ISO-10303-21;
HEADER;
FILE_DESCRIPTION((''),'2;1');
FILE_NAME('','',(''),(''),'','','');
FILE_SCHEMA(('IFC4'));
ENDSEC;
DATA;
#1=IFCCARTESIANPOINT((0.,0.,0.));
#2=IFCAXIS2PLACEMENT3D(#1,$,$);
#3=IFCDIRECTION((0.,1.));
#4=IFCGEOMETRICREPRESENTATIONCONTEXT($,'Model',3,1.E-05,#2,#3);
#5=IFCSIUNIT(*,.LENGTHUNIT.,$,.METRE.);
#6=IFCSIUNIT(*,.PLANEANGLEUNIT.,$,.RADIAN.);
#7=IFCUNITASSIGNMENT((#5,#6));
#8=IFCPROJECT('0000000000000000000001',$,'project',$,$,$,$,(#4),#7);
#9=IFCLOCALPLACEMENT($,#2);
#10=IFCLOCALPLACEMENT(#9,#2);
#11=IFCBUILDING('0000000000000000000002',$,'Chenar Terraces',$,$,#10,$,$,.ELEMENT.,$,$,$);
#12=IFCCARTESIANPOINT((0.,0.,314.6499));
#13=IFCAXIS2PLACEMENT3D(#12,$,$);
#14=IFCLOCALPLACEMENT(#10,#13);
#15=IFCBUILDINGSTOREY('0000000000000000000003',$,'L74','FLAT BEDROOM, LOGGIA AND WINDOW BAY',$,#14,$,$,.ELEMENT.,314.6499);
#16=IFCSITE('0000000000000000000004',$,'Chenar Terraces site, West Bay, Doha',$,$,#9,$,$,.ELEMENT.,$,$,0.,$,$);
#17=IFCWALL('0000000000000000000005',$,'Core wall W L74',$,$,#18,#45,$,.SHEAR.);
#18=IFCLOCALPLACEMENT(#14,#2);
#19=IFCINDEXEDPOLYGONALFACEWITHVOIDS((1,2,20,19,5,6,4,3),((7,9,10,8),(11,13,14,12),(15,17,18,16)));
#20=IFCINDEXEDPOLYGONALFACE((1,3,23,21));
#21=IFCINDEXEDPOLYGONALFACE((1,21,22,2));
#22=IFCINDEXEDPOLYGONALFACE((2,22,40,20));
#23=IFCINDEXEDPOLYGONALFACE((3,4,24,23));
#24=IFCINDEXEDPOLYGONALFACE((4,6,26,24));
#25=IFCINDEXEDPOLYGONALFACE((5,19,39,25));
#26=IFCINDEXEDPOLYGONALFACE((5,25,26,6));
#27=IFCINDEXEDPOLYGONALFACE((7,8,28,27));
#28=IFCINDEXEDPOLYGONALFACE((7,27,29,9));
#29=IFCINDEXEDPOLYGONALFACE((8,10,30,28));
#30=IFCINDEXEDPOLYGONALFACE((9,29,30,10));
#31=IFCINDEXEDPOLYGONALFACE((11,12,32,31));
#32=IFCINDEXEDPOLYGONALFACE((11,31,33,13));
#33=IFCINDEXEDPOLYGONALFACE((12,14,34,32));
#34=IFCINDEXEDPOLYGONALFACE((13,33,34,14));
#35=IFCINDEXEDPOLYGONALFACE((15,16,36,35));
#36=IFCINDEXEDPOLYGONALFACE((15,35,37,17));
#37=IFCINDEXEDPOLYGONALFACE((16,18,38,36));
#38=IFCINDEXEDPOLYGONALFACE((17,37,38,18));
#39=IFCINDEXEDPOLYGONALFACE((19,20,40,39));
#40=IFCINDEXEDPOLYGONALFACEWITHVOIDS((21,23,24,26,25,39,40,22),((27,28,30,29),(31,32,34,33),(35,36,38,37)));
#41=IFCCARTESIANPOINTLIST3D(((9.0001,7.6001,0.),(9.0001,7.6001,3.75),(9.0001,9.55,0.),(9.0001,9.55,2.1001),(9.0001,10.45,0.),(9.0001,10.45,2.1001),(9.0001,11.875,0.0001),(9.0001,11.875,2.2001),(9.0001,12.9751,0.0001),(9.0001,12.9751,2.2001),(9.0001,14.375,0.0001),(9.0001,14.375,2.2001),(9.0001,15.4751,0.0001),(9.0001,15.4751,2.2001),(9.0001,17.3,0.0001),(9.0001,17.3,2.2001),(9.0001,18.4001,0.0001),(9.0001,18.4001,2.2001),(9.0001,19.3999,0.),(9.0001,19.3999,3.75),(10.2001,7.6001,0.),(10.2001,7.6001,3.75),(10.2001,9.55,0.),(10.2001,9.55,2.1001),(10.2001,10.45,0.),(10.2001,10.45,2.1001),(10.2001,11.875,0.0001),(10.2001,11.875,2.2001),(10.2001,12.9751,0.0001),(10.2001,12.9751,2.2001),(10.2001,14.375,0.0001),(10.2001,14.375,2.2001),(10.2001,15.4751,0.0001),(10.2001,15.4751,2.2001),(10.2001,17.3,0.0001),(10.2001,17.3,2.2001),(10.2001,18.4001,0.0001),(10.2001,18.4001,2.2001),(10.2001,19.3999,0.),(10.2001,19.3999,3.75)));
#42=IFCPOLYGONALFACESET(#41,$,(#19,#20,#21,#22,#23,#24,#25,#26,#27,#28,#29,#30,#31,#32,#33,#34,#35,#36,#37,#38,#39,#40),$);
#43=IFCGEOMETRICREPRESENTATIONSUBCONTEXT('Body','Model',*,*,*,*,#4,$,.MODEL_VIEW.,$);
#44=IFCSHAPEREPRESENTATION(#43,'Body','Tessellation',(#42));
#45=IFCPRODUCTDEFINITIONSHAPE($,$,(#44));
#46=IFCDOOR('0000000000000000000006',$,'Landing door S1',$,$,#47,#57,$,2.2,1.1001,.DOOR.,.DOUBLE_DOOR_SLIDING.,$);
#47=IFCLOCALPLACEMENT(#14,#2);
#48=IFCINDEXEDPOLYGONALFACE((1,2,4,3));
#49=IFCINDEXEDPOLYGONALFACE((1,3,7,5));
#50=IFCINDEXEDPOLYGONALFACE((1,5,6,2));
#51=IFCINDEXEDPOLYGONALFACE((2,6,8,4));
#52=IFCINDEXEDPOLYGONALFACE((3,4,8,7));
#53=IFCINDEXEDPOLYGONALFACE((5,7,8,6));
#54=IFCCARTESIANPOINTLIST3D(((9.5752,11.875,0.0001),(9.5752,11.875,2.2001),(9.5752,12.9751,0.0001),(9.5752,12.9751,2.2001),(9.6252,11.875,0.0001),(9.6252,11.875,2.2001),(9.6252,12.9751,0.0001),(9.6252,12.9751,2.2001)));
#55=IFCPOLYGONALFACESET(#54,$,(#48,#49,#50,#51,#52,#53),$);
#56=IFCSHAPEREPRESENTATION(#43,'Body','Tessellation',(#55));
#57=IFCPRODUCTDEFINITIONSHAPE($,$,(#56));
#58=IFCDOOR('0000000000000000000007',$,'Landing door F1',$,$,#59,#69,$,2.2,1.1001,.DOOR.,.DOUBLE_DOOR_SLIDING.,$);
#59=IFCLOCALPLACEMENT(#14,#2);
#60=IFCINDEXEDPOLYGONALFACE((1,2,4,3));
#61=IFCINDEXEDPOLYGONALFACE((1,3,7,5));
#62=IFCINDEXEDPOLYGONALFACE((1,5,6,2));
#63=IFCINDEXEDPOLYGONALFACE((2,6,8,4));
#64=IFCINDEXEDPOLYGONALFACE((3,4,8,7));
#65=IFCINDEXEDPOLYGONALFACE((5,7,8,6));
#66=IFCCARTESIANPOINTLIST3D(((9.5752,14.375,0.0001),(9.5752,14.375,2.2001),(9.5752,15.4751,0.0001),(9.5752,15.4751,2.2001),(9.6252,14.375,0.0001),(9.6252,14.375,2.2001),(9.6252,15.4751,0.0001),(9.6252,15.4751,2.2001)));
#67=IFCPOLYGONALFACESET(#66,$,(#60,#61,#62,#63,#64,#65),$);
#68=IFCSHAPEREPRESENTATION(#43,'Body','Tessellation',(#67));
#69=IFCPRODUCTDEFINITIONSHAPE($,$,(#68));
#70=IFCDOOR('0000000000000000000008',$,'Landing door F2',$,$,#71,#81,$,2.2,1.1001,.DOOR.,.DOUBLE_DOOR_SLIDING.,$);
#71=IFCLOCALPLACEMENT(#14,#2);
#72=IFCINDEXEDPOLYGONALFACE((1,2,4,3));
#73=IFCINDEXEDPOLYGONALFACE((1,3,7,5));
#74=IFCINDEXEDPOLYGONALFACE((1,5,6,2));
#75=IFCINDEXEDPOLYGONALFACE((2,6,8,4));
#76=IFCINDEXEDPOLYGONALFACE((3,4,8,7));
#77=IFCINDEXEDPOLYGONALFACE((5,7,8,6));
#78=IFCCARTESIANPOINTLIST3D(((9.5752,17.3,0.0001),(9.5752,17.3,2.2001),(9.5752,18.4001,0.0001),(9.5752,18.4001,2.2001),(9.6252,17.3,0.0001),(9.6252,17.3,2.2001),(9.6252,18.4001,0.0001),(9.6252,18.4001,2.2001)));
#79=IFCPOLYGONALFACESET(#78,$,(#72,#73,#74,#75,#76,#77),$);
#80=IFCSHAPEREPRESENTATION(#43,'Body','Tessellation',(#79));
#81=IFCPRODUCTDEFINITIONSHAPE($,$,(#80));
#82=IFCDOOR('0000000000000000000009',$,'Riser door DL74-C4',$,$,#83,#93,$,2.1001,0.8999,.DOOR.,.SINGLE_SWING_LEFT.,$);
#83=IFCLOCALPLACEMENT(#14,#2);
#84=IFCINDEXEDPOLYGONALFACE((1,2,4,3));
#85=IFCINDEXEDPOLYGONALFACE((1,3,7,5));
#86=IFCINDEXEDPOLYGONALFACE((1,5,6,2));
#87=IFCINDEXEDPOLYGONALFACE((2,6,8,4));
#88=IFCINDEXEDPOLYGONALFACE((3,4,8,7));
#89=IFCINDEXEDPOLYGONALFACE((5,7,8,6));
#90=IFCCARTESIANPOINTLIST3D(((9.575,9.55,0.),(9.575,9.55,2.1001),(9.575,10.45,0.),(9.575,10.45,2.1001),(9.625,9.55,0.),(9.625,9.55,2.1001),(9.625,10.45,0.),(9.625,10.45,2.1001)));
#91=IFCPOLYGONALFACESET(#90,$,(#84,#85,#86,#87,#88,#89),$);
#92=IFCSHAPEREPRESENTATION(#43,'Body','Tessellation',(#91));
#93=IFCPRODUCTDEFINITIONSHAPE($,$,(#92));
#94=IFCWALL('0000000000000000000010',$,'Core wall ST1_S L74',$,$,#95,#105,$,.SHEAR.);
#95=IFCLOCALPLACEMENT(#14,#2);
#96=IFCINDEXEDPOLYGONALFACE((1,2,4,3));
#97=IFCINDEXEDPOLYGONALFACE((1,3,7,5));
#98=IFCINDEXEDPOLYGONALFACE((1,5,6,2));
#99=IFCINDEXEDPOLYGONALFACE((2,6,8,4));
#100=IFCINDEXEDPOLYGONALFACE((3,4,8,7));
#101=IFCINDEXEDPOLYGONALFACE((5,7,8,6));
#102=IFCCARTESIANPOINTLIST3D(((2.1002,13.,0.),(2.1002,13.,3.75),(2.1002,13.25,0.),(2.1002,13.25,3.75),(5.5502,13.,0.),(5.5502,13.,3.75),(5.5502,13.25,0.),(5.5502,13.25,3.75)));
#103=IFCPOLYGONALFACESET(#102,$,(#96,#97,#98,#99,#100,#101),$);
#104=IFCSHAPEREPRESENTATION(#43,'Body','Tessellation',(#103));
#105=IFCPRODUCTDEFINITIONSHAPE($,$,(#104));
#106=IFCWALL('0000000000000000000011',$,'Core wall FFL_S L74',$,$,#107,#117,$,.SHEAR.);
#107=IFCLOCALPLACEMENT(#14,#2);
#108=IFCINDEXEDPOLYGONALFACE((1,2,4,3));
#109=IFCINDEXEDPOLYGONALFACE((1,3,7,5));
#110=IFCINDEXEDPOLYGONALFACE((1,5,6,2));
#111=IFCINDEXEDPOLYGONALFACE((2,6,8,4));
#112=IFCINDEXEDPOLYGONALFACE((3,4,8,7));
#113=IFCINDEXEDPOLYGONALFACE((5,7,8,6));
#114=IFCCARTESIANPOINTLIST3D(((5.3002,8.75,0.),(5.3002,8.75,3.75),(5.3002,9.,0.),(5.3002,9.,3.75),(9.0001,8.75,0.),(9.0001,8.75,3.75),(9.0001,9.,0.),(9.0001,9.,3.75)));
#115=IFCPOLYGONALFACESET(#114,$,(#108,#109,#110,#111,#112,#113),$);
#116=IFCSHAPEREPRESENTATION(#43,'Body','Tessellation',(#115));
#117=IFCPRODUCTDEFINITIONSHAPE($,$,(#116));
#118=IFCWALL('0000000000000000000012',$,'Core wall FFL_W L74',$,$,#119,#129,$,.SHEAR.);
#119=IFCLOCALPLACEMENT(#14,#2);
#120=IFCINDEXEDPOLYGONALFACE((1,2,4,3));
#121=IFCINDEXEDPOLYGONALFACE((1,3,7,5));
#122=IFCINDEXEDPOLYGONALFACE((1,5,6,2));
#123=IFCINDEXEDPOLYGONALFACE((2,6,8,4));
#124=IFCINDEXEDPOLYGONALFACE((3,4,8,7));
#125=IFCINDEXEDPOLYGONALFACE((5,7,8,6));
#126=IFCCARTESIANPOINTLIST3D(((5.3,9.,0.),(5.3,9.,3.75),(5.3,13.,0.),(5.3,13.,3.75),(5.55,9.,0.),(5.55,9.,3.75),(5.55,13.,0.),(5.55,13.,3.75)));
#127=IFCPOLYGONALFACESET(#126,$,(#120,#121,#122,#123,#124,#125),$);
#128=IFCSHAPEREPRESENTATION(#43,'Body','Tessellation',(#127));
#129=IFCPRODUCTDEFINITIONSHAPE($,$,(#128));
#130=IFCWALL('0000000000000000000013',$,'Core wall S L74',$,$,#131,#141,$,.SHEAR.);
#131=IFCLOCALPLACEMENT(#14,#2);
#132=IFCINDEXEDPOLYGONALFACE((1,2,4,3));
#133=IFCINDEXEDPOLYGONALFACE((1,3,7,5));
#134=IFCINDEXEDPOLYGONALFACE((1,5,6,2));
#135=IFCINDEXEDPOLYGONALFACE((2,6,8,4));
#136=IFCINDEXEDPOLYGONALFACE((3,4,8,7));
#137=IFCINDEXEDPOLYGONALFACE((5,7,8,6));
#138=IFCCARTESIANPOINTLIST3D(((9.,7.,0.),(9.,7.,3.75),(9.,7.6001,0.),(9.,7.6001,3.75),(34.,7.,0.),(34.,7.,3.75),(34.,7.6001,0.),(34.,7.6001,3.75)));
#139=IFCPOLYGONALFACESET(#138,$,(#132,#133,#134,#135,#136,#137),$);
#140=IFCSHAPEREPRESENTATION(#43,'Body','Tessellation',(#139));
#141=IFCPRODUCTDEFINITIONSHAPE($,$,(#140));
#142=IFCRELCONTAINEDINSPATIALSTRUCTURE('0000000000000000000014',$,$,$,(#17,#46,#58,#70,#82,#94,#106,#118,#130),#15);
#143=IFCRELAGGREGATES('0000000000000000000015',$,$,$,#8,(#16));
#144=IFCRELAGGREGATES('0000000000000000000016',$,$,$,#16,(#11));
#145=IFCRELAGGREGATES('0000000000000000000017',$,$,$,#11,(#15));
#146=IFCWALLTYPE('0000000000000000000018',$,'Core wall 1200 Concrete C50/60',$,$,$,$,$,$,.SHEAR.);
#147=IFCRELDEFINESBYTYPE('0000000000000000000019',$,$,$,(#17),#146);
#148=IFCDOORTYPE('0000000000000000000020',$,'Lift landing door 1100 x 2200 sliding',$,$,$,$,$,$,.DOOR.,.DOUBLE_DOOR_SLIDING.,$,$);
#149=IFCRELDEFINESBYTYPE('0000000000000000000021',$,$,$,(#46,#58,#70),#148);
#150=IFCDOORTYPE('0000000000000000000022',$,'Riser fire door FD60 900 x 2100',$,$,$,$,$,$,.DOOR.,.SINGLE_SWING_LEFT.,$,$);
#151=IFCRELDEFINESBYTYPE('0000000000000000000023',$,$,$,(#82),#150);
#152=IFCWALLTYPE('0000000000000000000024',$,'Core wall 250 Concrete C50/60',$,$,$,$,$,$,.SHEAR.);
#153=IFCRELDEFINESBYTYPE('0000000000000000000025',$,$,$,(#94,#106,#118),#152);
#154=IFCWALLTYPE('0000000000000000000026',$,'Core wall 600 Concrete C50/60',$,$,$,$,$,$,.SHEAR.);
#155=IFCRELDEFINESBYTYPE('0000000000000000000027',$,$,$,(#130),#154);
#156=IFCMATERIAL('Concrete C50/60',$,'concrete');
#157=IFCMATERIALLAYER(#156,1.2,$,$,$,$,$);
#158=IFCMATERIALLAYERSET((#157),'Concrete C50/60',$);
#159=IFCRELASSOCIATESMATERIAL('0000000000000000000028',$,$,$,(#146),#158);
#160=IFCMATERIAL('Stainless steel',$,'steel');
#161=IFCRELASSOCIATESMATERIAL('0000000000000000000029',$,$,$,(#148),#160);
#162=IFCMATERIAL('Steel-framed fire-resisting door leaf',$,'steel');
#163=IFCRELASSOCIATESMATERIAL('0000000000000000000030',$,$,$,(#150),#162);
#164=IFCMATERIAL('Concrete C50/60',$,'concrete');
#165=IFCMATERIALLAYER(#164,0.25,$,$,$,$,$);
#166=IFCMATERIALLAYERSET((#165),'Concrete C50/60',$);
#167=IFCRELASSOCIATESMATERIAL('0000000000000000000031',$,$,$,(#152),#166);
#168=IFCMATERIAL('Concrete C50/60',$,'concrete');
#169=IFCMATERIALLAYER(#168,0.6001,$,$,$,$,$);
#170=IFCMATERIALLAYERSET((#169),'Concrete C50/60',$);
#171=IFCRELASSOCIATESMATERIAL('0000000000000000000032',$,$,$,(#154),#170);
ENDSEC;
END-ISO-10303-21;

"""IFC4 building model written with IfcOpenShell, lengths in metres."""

from ifc_helpers import new_model, si_unit, direction, frame, frame_2d, origin, place, context, subcontext, project, spatial, rectangle, extrude, material, layer, layer_set, type_object, element, fill, save


model = new_model("IFC4")

# Units and contexts
model_context = context("Model", 3, precision=1e-05, world=origin(), true_north=direction((0.0, 1.0)))
body_context = subcontext(model_context, "Body", "Model", "MODEL_VIEW")
ifc_project = project(units=[si_unit("LENGTHUNIT", "METRE"), si_unit("PLANEANGLEUNIT", "RADIAN")], contexts=[model_context])

# Site, building, storey
site_placement = place(None, origin())
site = spatial("IfcSite", under=ifc_project, at=site_placement, Name="Chenar Terraces site, West Bay, Doha", CompositionType="ELEMENT", RefElevation=0.0)
building_placement = place(site_placement, origin())
building = spatial("IfcBuilding", under=site, at=building_placement, Name="Chenar Terraces", CompositionType="ELEMENT")
storey_placement = place(building_placement, frame((0.0, 0.0, 314.6499)))
storey = spatial("IfcBuildingStorey", under=building, at=storey_placement, Name="L74", Description="FLAT BEDROOM, LOGGIA AND WINDOW BAY", CompositionType="ELEMENT", Elevation=314.6499)

# Wall, openings, doors
ifc_material_1 = material(Name="Concrete C50/60", Category="concrete")
ifc_layer_1 = layer(ifc_material_1, 1.2)
ifc_layer_set_1 = layer_set([ifc_layer_1], Name="Concrete C50/60")
wall_type_1 = type_object("IfcWallType", Name="Core wall 1200 Concrete C50/60", PredefinedType="SHEAR", material=ifc_layer_set_1)
wall_1_placement = place(storey_placement, frame((9.6001, 7.6001, 0.0), z_axis=(0.0, 0.0, 1.0), x_axis=(0.0, 1.0, 0.0)))
wall_1 = element("IfcWall", 1, at=wall_1_placement, inside=storey, type_object=wall_type_1, Name="Core wall W L74", PredefinedType="SHEAR", context=body_context, shape_type="SweptSolid", body=[
    extrude(rectangle(XDim=11.7998, YDim=1.2, at=frame_2d((5.8999, 0.0))), origin(), (0.0, 0.0, 1.0), 3.75),
])
opening_1_placement = place(wall_1_placement, frame((4.2749, 0.0, 0.0)))
opening_1 = element("IfcOpeningElement", 2, at=opening_1_placement, cuts=wall_1, PredefinedType="OPENING", context=body_context, shape_type="SweptSolid", body=[
    extrude(rectangle(XDim=1.1001, YDim=2.2, at=frame_2d((0.55, 1.1001))), frame((0.0, 0.6099, 0.0), z_axis=(0.0, -1.0, 0.0), x_axis=(1.0, 0.0, 0.0)), (0.0, 0.0, 1.0), 1.22),
])
opening_2_placement = place(wall_1_placement, frame((6.7749, 0.0, 0.0)))
opening_2 = element("IfcOpeningElement", 3, at=opening_2_placement, cuts=wall_1, PredefinedType="OPENING", context=body_context, shape_type="SweptSolid", body=[
    extrude(rectangle(XDim=1.1001, YDim=2.2, at=frame_2d((0.55, 1.1001))), frame((0.0, 0.6099, 0.0), z_axis=(0.0, -1.0, 0.0), x_axis=(1.0, 0.0, 0.0)), (0.0, 0.0, 1.0), 1.22),
])
opening_3_placement = place(wall_1_placement, frame((9.7, 0.0, 0.0)))
opening_3 = element("IfcOpeningElement", 4, at=opening_3_placement, cuts=wall_1, PredefinedType="OPENING", context=body_context, shape_type="SweptSolid", body=[
    extrude(rectangle(XDim=1.1001, YDim=2.2, at=frame_2d((0.55, 1.1001))), frame((0.0, 0.6099, 0.0), z_axis=(0.0, -1.0, 0.0), x_axis=(1.0, 0.0, 0.0)), (0.0, 0.0, 1.0), 1.22),
])
opening_4_placement = place(wall_1_placement, frame((1.95, 0.0, 0.0)))
opening_4 = element("IfcOpeningElement", 5, at=opening_4_placement, cuts=wall_1, PredefinedType="OPENING", context=body_context, shape_type="SweptSolid", body=[
    extrude(rectangle(XDim=0.8999, YDim=2.1001, at=frame_2d((0.45, 1.05))), frame((0.0, 0.6099, 0.0), z_axis=(0.0, -1.0, 0.0), x_axis=(1.0, 0.0, 0.0)), (0.0, 0.0, 1.0), 1.22),
])
ifc_material_2 = material(Name="Stainless steel", Category="steel")
door_type_1 = type_object("IfcDoorType", Name="Lift landing door 1100 x 2200 sliding", OperationType="DOUBLE_DOOR_SLIDING", PredefinedType="DOOR", material=ifc_material_2)
door_1_placement = place(opening_1_placement, origin())
door_1 = element("IfcDoor", 6, at=door_1_placement, inside=storey, type_object=door_type_1, Name="Landing door S1", OperationType="DOUBLE_DOOR_SLIDING", OverallHeight=2.2, OverallWidth=1.1001, PredefinedType="DOOR", context=body_context, shape_type="SweptSolid", body=[
    extrude(rectangle(XDim=1.1001, YDim=2.2, at=frame_2d((0.55, 1.1001))), frame((0.0, 0.0249, 0.0), z_axis=(0.0, -1.0, 0.0), x_axis=(1.0, 0.0, 0.0)), (0.0, 0.0, 1.0), 0.05),
])
fill(opening_1, door_1)
door_2_placement = place(opening_2_placement, origin())
door_2 = element("IfcDoor", 7, at=door_2_placement, inside=storey, type_object=door_type_1, Name="Landing door F1", OperationType="DOUBLE_DOOR_SLIDING", OverallHeight=2.2, OverallWidth=1.1001, PredefinedType="DOOR", context=body_context, shape_type="SweptSolid", body=[
    extrude(rectangle(XDim=1.1001, YDim=2.2, at=frame_2d((0.55, 1.1001))), frame((0.0, 0.0249, 0.0), z_axis=(0.0, -1.0, 0.0), x_axis=(1.0, 0.0, 0.0)), (0.0, 0.0, 1.0), 0.05),
])
fill(opening_2, door_2)
door_3_placement = place(opening_3_placement, origin())
door_3 = element("IfcDoor", 8, at=door_3_placement, inside=storey, type_object=door_type_1, Name="Landing door F2", OperationType="DOUBLE_DOOR_SLIDING", OverallHeight=2.2, OverallWidth=1.1001, PredefinedType="DOOR", context=body_context, shape_type="SweptSolid", body=[
    extrude(rectangle(XDim=1.1001, YDim=2.2, at=frame_2d((0.55, 1.1001))), frame((0.0, 0.0249, 0.0), z_axis=(0.0, -1.0, 0.0), x_axis=(1.0, 0.0, 0.0)), (0.0, 0.0, 1.0), 0.05),
])
fill(opening_3, door_3)
ifc_material_3 = material(Name="Steel-framed fire-resisting door leaf", Category="steel")
door_type_2 = type_object("IfcDoorType", Name="Riser fire door FD60 900 x 2100", OperationType="SINGLE_SWING_LEFT", PredefinedType="DOOR", material=ifc_material_3)
door_4_placement = place(opening_4_placement, frame((0.8999, 0.0, 0.0), z_axis=(0.0, 0.0, 1.0), x_axis=(-1.0, 0.0, 0.0)))
door_4 = element("IfcDoor", 9, at=door_4_placement, inside=storey, type_object=door_type_2, Name="Riser door DL74-C4", OperationType="SINGLE_SWING_LEFT", OverallHeight=2.1001, OverallWidth=0.8999, PredefinedType="DOOR", context=body_context, shape_type="SweptSolid", body=[
    extrude(rectangle(XDim=0.8999, YDim=2.1001, at=frame_2d((0.45, 1.05))), frame((0.0, 0.0249, 0.0), z_axis=(0.0, -1.0, 0.0), x_axis=(1.0, 0.0, 0.0)), (0.0, 0.0, 1.0), 0.05),
])
fill(opening_4, door_4)

# Walls
ifc_material_4 = material(Name="Concrete C50/60", Category="concrete")
ifc_layer_2 = layer(ifc_material_4, 0.25)
ifc_layer_set_2 = layer_set([ifc_layer_2], Name="Concrete C50/60")
wall_type_2 = type_object("IfcWallType", Name="Core wall 250 Concrete C50/60", PredefinedType="SHEAR", material=ifc_layer_set_2)
wall_2_placement = place(storey_placement, frame((2.1001, 13.125, 0.0), z_axis=(0.0, 0.0, 1.0), x_axis=(1.0, 0.0, 0.0)))
element("IfcWall", 10, at=wall_2_placement, inside=storey, type_object=wall_type_2, Name="Core wall ST1_S L74", PredefinedType="SHEAR", context=body_context, shape_type="SweptSolid", body=[
    extrude(rectangle(XDim=3.45, YDim=0.25, at=frame_2d((1.7251, 0.0))), origin(), (0.0, 0.0, 1.0), 3.75),
])
wall_3_placement = place(storey_placement, frame((5.3, 8.875, 0.0), z_axis=(0.0, 0.0, 1.0), x_axis=(1.0, 0.0, 0.0)))
element("IfcWall", 11, at=wall_3_placement, inside=storey, type_object=wall_type_2, Name="Core wall FFL_S L74", PredefinedType="SHEAR", context=body_context, shape_type="SweptSolid", body=[
    extrude(rectangle(XDim=3.7, YDim=0.25, at=frame_2d((1.8501, 0.0))), origin(), (0.0, 0.0, 1.0), 3.75),
])
wall_4_placement = place(storey_placement, frame((5.425, 9.0, 0.0), z_axis=(0.0, 0.0, 1.0), x_axis=(0.0, 1.0, 0.0)))
element("IfcWall", 12, at=wall_4_placement, inside=storey, type_object=wall_type_2, Name="Core wall FFL_W L74", PredefinedType="SHEAR", context=body_context, shape_type="SweptSolid", body=[
    extrude(rectangle(XDim=4.0, YDim=0.25, at=frame_2d((2.0, 0.0))), origin(), (0.0, 0.0, 1.0), 3.75),
])
ifc_material_5 = material(Name="Concrete C50/60", Category="concrete")
ifc_layer_3 = layer(ifc_material_5, 0.6001)
ifc_layer_set_3 = layer_set([ifc_layer_3], Name="Concrete C50/60")
wall_type_3 = type_object("IfcWallType", Name="Core wall 600 Concrete C50/60", PredefinedType="SHEAR", material=ifc_layer_set_3)
wall_5_placement = place(storey_placement, frame((9.0, 7.3, 0.0), z_axis=(0.0, 0.0, 1.0), x_axis=(1.0, 0.0, 0.0)))
element("IfcWall", 13, at=wall_5_placement, inside=storey, type_object=wall_type_3, Name="Core wall S L74", PredefinedType="SHEAR", context=body_context, shape_type="SweptSolid", body=[
    extrude(rectangle(XDim=25.0, YDim=0.6001, at=frame_2d((12.5, 0.0))), origin(), (0.0, 0.0, 1.0), 3.75),
])

save(model, "model.ifc")
